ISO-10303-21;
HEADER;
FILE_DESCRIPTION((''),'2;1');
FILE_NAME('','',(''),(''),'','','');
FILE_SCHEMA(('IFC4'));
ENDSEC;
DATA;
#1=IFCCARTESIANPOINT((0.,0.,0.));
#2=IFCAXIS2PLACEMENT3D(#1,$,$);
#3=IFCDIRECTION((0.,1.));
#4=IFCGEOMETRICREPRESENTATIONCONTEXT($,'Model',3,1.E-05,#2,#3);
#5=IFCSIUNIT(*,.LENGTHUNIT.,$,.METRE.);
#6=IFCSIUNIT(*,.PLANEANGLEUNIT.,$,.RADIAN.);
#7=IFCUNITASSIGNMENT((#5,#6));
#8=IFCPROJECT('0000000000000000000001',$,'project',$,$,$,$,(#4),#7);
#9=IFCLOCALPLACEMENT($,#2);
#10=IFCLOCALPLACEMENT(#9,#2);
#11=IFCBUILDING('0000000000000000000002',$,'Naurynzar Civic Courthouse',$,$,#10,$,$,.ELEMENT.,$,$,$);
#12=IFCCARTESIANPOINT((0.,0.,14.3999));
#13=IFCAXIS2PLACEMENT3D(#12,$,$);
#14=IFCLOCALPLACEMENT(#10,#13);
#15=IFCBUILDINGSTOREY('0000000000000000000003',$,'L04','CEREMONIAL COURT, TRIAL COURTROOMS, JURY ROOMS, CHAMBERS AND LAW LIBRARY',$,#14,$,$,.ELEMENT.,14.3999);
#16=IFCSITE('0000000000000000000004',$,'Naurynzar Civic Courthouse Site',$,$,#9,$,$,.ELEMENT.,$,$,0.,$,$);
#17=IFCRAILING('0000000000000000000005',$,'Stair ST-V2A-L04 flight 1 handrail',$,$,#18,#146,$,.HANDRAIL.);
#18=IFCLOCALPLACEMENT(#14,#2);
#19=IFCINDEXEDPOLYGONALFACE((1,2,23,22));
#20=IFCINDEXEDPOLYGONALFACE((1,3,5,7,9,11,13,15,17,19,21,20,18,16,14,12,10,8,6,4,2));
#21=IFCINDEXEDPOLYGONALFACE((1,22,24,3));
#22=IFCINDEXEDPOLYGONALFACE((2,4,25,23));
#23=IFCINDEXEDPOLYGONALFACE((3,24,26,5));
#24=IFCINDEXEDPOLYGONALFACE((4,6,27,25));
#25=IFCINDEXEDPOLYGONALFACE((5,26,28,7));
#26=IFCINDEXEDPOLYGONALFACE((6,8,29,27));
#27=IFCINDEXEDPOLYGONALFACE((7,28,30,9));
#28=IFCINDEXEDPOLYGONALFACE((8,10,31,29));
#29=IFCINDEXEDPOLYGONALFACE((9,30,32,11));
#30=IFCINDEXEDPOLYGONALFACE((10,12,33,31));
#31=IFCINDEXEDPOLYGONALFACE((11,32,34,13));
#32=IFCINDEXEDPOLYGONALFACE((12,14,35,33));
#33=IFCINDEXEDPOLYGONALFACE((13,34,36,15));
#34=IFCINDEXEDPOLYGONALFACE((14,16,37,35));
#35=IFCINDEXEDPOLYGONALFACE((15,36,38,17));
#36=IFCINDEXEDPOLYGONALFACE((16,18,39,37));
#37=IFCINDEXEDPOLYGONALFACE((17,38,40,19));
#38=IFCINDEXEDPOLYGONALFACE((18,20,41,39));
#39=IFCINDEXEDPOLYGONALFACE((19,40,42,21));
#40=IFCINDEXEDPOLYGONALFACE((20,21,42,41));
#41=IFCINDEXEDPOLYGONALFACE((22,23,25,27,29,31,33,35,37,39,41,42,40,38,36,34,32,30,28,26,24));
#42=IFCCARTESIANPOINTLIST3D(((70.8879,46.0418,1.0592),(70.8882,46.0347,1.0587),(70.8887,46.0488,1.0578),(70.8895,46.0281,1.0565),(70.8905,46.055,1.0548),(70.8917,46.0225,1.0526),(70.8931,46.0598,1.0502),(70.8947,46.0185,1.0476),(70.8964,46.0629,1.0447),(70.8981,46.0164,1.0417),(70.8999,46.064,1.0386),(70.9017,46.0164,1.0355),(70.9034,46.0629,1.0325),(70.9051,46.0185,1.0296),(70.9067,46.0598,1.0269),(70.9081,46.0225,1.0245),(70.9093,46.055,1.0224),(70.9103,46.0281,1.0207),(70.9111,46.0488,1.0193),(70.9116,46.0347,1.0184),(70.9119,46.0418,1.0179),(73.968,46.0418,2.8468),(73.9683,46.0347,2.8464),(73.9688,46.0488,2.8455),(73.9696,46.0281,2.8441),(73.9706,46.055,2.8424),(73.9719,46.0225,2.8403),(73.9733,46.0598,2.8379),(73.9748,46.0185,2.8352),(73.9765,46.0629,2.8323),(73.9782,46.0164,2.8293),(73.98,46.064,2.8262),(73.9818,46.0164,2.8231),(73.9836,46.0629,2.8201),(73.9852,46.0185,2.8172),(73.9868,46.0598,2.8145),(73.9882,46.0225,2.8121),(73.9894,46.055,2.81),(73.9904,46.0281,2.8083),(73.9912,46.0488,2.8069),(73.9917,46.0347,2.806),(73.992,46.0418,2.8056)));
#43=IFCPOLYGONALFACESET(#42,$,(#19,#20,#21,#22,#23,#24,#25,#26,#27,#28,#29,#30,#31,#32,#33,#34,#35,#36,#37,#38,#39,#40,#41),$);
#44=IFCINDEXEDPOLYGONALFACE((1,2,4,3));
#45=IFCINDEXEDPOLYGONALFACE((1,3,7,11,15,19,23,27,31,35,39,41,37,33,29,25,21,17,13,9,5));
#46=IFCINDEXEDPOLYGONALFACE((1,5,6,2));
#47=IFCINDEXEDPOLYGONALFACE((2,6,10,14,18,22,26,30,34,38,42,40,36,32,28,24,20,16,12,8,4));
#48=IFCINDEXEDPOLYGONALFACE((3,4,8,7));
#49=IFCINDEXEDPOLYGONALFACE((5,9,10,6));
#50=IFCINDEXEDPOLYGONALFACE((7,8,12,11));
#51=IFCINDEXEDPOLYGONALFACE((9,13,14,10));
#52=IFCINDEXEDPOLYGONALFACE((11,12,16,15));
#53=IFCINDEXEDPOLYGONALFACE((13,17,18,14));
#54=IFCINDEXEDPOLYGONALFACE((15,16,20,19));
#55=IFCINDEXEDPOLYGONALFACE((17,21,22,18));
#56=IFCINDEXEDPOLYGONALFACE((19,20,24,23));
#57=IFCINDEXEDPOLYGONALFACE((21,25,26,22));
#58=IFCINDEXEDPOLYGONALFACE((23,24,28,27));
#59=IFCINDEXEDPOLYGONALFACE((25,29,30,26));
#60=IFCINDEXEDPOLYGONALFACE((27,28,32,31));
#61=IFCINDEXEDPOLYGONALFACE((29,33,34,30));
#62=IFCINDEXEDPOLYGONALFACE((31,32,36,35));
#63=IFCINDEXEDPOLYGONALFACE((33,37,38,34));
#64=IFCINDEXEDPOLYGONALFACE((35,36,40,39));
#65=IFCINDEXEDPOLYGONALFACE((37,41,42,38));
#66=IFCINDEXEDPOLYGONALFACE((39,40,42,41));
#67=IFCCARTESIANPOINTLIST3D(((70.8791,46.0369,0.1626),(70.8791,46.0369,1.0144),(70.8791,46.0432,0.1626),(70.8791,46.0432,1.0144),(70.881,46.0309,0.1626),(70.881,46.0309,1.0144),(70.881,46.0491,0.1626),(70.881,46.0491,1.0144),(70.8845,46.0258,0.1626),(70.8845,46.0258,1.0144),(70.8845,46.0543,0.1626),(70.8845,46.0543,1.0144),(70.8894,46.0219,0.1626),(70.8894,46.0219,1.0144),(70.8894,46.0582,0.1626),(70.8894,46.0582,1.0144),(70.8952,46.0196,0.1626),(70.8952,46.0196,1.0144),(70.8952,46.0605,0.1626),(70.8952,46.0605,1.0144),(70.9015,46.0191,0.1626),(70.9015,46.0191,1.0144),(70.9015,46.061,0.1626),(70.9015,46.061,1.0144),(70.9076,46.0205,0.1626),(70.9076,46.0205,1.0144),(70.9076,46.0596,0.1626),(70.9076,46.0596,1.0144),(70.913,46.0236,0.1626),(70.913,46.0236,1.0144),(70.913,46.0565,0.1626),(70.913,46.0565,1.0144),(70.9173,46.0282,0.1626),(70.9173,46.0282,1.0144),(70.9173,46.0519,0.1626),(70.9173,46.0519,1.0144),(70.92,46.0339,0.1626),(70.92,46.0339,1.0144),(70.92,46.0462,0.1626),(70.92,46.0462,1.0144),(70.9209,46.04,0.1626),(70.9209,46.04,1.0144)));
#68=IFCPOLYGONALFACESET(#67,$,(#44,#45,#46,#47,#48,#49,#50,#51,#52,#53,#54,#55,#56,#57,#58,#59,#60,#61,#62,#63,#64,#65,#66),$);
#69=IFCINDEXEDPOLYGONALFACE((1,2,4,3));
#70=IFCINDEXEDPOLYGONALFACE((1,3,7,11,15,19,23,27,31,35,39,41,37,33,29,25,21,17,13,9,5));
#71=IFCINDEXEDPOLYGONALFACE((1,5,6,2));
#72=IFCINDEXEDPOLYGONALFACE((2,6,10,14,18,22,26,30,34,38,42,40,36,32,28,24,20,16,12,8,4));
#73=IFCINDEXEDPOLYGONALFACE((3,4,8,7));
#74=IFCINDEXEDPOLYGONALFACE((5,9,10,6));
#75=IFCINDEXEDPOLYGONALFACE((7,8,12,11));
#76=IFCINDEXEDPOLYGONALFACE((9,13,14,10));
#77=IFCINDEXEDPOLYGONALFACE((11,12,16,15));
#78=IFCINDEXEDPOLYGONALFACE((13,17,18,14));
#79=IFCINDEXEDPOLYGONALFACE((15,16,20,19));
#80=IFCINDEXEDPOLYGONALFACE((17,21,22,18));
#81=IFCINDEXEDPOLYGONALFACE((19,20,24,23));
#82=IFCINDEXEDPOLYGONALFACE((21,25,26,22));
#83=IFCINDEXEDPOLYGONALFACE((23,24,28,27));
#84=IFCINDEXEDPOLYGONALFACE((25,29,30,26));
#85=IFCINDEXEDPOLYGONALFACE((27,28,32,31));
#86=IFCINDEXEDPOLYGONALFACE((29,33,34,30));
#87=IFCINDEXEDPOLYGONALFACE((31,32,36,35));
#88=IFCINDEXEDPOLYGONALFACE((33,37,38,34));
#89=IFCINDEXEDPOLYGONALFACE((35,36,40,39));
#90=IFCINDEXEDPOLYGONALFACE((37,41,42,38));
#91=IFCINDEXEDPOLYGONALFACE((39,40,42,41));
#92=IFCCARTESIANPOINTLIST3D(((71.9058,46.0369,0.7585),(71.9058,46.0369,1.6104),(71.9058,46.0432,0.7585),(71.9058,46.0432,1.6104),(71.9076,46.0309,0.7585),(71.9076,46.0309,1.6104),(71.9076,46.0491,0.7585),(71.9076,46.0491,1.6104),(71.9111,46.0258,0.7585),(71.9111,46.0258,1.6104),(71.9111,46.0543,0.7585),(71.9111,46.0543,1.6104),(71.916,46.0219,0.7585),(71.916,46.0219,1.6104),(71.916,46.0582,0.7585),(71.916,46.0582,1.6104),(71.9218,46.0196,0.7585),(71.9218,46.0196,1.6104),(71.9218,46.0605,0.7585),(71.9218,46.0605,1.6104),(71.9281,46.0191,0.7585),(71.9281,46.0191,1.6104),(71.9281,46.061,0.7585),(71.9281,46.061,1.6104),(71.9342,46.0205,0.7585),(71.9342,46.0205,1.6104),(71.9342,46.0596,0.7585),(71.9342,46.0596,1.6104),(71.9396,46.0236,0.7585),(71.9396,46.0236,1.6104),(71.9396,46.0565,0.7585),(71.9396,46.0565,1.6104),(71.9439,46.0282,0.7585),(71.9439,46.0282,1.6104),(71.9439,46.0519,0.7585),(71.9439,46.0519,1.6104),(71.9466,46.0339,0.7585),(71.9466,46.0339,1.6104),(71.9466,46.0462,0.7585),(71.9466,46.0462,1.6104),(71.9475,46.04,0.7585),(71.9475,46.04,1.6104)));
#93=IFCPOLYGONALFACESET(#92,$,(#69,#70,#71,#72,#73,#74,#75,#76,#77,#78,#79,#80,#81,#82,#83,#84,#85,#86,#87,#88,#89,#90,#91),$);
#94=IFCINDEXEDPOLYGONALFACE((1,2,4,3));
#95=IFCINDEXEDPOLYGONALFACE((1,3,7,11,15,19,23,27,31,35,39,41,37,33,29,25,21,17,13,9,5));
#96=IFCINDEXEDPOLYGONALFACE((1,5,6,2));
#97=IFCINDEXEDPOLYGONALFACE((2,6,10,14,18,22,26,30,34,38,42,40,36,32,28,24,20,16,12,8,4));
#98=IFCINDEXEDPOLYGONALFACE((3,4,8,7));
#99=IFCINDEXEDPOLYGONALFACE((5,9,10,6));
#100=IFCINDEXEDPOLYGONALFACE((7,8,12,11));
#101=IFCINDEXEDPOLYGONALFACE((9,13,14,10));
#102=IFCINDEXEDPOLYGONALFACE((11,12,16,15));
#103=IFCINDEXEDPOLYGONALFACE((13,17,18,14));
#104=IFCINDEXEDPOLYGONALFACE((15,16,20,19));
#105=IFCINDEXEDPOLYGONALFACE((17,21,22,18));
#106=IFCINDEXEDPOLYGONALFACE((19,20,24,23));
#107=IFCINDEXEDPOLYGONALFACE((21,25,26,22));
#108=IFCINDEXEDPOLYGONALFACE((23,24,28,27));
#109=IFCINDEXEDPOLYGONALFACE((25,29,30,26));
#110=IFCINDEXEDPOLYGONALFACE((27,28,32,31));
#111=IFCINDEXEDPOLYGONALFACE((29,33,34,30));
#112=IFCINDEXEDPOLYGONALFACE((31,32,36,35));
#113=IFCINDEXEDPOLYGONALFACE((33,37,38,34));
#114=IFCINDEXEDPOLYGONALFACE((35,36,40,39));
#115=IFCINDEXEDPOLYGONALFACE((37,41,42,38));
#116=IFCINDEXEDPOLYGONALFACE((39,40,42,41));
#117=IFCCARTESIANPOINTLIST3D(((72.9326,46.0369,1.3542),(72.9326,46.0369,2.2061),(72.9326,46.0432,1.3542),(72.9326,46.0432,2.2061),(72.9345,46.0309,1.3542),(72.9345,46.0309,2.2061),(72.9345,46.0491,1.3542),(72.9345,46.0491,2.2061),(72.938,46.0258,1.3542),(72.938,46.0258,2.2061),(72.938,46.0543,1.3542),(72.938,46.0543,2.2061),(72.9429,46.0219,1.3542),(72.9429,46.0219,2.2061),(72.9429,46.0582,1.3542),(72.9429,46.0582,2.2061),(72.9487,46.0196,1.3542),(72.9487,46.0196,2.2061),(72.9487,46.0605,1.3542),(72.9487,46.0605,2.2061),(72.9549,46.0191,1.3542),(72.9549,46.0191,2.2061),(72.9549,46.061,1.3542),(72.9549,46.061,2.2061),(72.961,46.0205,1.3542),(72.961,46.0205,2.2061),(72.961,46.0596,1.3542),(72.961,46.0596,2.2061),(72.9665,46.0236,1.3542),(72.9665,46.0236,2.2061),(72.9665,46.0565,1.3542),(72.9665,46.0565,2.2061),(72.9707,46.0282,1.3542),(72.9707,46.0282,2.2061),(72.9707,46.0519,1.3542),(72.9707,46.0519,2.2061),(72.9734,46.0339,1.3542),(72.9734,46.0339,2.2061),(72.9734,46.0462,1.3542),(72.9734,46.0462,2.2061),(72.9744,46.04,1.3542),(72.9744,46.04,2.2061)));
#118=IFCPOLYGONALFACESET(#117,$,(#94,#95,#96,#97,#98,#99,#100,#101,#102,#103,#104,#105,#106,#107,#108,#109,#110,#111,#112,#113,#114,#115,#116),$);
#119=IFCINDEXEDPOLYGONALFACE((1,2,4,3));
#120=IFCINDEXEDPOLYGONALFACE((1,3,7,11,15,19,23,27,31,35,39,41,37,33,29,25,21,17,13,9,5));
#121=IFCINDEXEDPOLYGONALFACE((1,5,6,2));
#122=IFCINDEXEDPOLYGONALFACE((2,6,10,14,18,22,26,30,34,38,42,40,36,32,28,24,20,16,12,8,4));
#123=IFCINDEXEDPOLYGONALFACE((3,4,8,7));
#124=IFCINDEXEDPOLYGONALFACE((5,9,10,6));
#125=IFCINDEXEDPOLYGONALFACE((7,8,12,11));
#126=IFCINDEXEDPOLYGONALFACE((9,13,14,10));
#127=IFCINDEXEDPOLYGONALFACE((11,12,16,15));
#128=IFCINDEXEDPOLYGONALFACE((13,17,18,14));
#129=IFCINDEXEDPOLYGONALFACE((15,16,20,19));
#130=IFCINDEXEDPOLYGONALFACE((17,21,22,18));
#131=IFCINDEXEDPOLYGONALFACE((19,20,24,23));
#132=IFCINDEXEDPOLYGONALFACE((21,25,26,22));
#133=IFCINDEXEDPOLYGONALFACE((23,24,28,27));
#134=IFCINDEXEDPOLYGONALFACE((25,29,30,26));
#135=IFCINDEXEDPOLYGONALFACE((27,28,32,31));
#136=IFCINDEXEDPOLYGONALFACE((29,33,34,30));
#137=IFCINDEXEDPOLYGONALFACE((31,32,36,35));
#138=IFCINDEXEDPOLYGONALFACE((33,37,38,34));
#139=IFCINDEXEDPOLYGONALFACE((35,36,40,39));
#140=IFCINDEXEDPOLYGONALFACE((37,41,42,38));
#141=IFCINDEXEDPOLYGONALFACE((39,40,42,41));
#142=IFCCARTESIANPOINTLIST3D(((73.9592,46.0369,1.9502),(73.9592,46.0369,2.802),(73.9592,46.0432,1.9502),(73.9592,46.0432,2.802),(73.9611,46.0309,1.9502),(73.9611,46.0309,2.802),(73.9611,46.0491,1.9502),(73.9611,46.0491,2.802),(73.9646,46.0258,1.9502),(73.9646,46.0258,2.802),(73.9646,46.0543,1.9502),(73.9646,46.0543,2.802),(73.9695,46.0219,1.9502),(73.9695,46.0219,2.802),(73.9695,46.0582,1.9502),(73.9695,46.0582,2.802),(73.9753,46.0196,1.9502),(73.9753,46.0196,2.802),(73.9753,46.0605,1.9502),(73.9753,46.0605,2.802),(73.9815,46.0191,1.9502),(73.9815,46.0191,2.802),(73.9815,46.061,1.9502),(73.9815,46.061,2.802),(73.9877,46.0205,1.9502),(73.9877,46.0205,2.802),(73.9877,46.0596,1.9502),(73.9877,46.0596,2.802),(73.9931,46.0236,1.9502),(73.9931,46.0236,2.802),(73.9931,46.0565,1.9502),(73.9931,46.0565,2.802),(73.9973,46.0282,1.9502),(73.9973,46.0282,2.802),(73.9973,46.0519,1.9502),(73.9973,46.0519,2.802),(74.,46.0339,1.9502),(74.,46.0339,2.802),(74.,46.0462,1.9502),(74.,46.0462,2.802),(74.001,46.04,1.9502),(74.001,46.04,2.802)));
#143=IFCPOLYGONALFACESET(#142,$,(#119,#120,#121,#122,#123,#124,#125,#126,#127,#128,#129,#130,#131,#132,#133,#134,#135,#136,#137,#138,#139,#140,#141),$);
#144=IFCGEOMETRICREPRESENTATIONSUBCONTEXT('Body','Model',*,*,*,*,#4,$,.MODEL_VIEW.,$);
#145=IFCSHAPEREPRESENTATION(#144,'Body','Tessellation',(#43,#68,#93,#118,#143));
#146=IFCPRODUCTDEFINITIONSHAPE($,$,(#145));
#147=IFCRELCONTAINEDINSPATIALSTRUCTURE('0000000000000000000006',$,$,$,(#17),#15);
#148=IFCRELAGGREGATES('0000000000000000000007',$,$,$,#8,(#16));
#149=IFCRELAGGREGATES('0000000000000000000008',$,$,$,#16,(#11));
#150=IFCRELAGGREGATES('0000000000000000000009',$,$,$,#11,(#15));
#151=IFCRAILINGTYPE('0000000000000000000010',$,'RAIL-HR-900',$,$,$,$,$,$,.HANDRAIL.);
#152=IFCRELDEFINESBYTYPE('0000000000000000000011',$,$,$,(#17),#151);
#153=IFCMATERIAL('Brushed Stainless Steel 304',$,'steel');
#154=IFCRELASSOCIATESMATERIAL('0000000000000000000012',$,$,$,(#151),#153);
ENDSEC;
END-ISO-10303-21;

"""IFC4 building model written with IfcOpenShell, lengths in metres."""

from ifc_helpers import new_model, si_unit, direction, frame, origin, origin_2d, place, context, subcontext, project, spatial, circle, extrude, material, type_object, element, save


model = new_model("IFC4")

# Units and contexts
model_context = context("Model", 3, precision=1e-05, world=origin(), true_north=direction((0.0, 1.0)))
body_context = subcontext(model_context, "Body", "Model", "MODEL_VIEW")
ifc_project = project(units=[si_unit("LENGTHUNIT", "METRE"), si_unit("PLANEANGLEUNIT", "RADIAN")], contexts=[model_context])

# Site, building, storey
site_placement = place(None, origin())
site = spatial("IfcSite", under=ifc_project, at=site_placement, Name="Naurynzar Civic Courthouse Site", CompositionType="ELEMENT", RefElevation=0.0)
building_placement = place(site_placement, origin())
building = spatial("IfcBuilding", under=site, at=building_placement, Name="Naurynzar Civic Courthouse", CompositionType="ELEMENT")
storey_placement = place(building_placement, frame((0.0, 0.0, 14.3999)))
storey = spatial("IfcBuildingStorey", under=building, at=storey_placement, Name="L04", Description="CEREMONIAL COURT, TRIAL COURTROOMS, JURY ROOMS, CHAMBERS AND LAW LIBRARY", CompositionType="ELEMENT", Elevation=14.3999)

# Railing
ifc_material_1 = material(Name="Brushed Stainless Steel 304", Category="steel")
railing_type_1 = type_object("IfcRailingType", Name="RAIL-HR-900", PredefinedType="HANDRAIL", material=ifc_material_1)
railing_1_placement = place(storey_placement, frame((70.8999, 46.04, 0.1626)))
element("IfcRailing", 1, at=railing_1_placement, inside=storey, type_object=railing_type_1, Name="Stair ST-V2A-L04 flight 1 handrail", PredefinedType="HANDRAIL", context=body_context, shape_type="SweptSolid", body=[
    extrude(circle(Radius=0.0239, at=origin_2d()), frame((0.0, 0.0, 0.876), z_axis=(0.864891, 0.0, 0.50196), x_axis=(0.0, 1.0, 0.0)), (0.0, 0.0, 1.0), 3.5613),
    extrude(circle(Radius=0.021, at=origin_2d()), origin(), (0.0, 0.0, 1.0), 0.8518),
    extrude(circle(Radius=0.021, at=origin_2d()), frame((1.0266, 0.0, 0.5959)), (0.0, 0.0, 1.0), 0.8518),
    extrude(circle(Radius=0.021, at=origin_2d()), frame((2.0535, 0.0, 1.1917)), (0.0, 0.0, 1.0), 0.8518),
    extrude(circle(Radius=0.021, at=origin_2d()), frame((3.0801, 0.0, 1.7876)), (0.0, 0.0, 1.0), 0.8518),
])

save(model, "model.ifc")
